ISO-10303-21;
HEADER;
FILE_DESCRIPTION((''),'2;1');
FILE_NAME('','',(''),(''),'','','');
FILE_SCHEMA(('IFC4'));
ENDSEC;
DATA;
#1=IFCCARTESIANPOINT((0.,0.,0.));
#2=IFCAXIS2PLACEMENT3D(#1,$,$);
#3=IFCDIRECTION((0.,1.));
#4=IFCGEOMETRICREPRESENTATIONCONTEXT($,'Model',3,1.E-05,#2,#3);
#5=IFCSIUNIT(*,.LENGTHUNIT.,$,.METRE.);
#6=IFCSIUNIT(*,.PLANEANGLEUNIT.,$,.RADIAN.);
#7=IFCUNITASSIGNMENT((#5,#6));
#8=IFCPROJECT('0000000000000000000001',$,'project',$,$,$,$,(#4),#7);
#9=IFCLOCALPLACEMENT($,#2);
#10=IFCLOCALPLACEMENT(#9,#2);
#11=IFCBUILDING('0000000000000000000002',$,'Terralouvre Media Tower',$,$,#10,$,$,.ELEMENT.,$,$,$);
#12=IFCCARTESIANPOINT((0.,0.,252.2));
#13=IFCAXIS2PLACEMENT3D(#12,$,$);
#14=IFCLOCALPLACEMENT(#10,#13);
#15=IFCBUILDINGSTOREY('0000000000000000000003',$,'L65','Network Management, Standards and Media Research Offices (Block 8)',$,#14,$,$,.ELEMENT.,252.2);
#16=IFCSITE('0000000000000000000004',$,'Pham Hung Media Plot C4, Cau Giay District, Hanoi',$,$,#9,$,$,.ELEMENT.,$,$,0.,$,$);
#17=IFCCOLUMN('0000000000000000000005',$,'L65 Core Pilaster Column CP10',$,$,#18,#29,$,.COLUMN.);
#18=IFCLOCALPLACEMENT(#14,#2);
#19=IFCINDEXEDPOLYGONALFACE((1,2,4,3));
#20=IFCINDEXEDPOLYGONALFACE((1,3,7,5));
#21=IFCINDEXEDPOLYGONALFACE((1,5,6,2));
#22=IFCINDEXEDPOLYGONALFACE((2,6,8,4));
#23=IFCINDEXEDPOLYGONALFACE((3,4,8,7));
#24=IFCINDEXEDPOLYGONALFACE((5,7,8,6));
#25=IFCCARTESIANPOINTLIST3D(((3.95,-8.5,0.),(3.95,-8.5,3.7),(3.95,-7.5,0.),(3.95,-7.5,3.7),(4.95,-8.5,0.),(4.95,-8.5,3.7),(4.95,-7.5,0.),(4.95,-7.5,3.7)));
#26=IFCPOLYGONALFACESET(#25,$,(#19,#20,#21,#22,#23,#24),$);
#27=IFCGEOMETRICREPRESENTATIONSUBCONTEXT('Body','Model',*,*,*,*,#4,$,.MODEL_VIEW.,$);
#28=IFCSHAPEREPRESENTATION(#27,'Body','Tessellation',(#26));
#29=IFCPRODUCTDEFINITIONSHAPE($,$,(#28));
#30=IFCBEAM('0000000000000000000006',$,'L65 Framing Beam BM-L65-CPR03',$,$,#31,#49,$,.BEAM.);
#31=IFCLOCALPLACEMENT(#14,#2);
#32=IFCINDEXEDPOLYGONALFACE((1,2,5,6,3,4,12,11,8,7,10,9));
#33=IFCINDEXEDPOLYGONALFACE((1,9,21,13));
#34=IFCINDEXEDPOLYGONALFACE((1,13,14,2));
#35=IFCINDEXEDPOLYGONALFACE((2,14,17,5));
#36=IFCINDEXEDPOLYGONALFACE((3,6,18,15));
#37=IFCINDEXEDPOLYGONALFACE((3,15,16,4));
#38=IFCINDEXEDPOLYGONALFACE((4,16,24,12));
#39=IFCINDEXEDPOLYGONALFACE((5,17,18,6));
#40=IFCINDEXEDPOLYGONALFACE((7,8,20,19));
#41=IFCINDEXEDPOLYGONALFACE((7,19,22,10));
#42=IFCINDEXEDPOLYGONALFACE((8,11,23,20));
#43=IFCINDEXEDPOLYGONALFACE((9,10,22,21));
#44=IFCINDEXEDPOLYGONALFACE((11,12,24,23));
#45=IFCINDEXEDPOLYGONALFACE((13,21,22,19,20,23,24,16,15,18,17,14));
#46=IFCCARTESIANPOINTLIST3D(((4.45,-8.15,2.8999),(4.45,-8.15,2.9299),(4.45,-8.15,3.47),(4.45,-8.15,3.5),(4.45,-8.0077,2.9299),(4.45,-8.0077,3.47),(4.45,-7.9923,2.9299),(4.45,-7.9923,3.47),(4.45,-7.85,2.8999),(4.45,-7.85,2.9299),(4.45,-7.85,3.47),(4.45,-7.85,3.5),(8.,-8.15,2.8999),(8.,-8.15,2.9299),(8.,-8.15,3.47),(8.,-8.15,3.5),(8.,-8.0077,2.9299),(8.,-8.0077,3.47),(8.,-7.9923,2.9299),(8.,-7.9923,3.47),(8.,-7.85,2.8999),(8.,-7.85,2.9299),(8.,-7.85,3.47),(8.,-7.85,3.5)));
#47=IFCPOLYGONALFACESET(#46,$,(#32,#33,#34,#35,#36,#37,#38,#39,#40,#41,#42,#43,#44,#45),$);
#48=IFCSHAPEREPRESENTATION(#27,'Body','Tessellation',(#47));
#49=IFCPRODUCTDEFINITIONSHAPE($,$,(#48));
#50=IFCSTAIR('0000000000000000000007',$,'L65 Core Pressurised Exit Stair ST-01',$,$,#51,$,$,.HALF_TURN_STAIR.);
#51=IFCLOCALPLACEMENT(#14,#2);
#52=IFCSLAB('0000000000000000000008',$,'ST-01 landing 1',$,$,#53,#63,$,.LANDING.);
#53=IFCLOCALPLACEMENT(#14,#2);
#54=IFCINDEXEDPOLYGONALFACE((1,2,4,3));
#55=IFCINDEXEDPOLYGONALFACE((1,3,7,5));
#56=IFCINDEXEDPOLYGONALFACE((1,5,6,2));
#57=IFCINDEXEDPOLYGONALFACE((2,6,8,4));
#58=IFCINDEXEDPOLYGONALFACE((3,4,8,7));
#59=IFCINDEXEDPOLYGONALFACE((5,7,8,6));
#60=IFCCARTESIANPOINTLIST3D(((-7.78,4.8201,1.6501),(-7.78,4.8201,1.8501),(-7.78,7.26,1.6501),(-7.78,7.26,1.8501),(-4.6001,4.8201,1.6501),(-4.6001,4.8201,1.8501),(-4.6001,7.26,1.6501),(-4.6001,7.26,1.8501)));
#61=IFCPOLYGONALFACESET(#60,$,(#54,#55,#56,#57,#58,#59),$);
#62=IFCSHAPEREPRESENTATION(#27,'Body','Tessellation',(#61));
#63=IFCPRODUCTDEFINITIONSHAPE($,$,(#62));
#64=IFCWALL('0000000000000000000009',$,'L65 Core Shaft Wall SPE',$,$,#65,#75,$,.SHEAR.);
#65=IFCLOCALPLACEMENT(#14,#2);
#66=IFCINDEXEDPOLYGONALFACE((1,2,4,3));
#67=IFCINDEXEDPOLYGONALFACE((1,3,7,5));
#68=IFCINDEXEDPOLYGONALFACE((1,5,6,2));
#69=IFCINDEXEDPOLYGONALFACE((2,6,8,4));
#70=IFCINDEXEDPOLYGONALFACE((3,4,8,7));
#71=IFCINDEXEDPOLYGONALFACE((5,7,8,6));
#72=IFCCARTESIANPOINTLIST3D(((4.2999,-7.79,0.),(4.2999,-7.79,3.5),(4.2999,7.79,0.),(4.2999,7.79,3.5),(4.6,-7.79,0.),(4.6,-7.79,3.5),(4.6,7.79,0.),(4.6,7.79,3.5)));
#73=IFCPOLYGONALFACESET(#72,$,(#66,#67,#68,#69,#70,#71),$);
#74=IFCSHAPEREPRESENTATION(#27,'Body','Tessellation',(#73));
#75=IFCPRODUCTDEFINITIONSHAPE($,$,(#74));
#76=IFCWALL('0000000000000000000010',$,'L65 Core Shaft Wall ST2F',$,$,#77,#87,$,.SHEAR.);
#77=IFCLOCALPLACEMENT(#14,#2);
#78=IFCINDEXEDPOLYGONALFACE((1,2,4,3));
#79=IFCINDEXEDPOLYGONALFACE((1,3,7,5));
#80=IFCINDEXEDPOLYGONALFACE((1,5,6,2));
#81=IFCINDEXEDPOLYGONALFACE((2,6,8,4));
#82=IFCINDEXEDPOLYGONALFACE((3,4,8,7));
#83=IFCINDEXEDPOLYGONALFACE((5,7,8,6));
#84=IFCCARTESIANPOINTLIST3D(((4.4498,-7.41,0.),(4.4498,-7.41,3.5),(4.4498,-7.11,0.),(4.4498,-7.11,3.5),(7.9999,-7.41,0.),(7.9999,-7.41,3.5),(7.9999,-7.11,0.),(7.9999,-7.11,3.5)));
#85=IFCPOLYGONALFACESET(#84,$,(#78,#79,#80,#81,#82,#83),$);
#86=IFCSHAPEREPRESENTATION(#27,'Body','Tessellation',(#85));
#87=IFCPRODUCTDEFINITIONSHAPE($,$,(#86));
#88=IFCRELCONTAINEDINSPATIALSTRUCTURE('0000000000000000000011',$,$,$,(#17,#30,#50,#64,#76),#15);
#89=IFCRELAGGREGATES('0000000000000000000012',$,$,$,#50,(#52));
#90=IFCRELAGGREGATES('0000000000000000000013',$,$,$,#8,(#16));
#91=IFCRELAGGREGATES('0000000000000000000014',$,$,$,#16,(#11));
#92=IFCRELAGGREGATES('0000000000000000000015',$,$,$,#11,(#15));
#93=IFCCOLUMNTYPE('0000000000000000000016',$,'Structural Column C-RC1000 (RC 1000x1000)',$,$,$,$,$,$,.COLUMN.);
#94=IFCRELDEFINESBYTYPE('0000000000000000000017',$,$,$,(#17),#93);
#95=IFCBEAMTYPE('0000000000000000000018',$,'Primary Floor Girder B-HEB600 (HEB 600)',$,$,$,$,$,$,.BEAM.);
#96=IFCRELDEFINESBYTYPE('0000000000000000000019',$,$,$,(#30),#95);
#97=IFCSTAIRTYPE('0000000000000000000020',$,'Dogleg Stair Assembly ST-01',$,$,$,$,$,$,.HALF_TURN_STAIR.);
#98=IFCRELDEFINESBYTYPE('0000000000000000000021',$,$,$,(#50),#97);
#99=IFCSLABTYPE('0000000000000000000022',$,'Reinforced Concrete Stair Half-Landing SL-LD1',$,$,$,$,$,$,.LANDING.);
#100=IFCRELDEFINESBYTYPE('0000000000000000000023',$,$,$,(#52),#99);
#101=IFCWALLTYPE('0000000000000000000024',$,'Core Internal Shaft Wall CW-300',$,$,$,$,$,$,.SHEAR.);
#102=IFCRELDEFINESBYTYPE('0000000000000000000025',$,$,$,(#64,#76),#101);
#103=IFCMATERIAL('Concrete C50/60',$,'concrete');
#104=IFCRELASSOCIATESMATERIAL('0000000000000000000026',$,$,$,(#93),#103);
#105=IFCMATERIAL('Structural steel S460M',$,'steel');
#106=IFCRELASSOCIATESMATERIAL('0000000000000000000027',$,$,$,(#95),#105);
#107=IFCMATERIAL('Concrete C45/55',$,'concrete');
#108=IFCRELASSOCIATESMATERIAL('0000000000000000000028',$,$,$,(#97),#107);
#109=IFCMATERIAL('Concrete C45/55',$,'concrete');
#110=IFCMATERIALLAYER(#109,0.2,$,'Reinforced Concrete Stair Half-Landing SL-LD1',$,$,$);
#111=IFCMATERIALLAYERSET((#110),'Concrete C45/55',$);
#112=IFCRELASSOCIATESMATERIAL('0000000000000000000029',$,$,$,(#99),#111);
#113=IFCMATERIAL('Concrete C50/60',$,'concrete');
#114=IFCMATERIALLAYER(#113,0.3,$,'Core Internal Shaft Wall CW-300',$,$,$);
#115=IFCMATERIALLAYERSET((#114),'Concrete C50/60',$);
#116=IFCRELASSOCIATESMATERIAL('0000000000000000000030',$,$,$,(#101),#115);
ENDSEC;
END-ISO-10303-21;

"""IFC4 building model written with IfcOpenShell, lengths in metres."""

from ifc_helpers import new_model, si_unit, direction, frame, frame_2d, origin, origin_2d, place, context, subcontext, project, spatial, polyline, rectangle, i_section, outline, extrude, material, layer, layer_set, material_profile, profile_set, type_object, element, aggregate, save


model = new_model("IFC4")

# Units and contexts
model_context = context("Model", 3, precision=1e-05, world=origin(), true_north=direction((0.0, 1.0)))
body_context = subcontext(model_context, "Body", "Model", "MODEL_VIEW")
ifc_project = project(units=[si_unit("LENGTHUNIT", "METRE"), si_unit("PLANEANGLEUNIT", "RADIAN")], contexts=[model_context])

# Site, building, storey
site_placement = place(None, origin())
site = spatial("IfcSite", under=ifc_project, at=site_placement, Name="Pham Hung Media Plot C4, Cau Giay District, Hanoi", CompositionType="ELEMENT", RefElevation=0.0)
building_placement = place(site_placement, origin())
building = spatial("IfcBuilding", under=site, at=building_placement, Name="Terralouvre Media Tower", CompositionType="ELEMENT")
storey_placement = place(building_placement, frame((0.0, 0.0, 252.2)))
storey = spatial("IfcBuildingStorey", under=building, at=storey_placement, Name="L65", Description="Network Management, Standards and Media Research Offices (Block 8)", CompositionType="ELEMENT", Elevation=252.2)

# Column
ifc_material_1 = material(Name="Concrete C50/60", Category="concrete")
ifc_material_profile_1 = material_profile(ifc_material_1, rectangle(XDim=1.0, YDim=1.0, at=origin_2d()), Name="RC 1000x1000")
ifc_profile_set_1 = profile_set([ifc_material_profile_1], Name="Concrete C50/60")
column_type = type_object("IfcColumnType", Name="Structural Column C-RC1000 (RC 1000x1000)", PredefinedType="COLUMN", material=ifc_profile_set_1)
column_placement = place(storey_placement, frame((4.45, -8.0, 0.0), z_axis=(0.0, 0.0, 1.0), x_axis=(1.0, 0.0, 0.0)))
element("IfcColumn", 1, at=column_placement, inside=storey, type_object=column_type, Name="L65 Core Pilaster Column CP10", PredefinedType="COLUMN", context=body_context, shape_type="SweptSolid", body=[
    extrude(rectangle(XDim=1.0, YDim=1.0, at=origin_2d()), origin(), (0.0, 0.0, 1.0), 3.7),
])

# Beam
ifc_material_2 = material(Name="Structural steel S460M", Category="steel")
ifc_material_profile_2 = material_profile(ifc_material_2, i_section(OverallWidth=0.3, OverallDepth=0.6001, WebThickness=0.0154, FlangeThickness=0.03, at=origin_2d()), Name="HEB 600")
ifc_profile_set_2 = profile_set([ifc_material_profile_2], Name="Structural steel S460M")
beam_type = type_object("IfcBeamType", Name="Primary Floor Girder B-HEB600 (HEB 600)", PredefinedType="BEAM", material=ifc_profile_set_2)
beam_placement = place(storey_placement, frame((4.45, -8.0, 3.2), z_axis=(1.0, 0.0, 0.0), x_axis=(0.0, 1.0, 0.0)))
element("IfcBeam", 2, at=beam_placement, inside=storey, type_object=beam_type, Name="L65 Framing Beam BM-L65-CPR03", PredefinedType="BEAM", context=body_context, shape_type="SweptSolid", body=[
    extrude(i_section(OverallWidth=0.3, OverallDepth=0.6001, WebThickness=0.0154, FlangeThickness=0.03, at=origin_2d()), origin(), (0.0, 0.0, 1.0), 3.55),
])

# Stair, slab
ifc_material_3 = material(Name="Concrete C45/55", Category="concrete")
stair_type_1 = type_object("IfcStairType", Name="Dogleg Stair Assembly ST-01", PredefinedType="HALF_TURN_STAIR", material=ifc_material_3)
stair_1_placement = place(storey_placement, origin())
stair_1 = element("IfcStair", 3, at=stair_1_placement, inside=storey, type_object=stair_type_1, Name="L65 Core Pressurised Exit Stair ST-01", PredefinedType="HALF_TURN_STAIR")
ifc_material_4 = material(Name="Concrete C45/55", Category="concrete")
ifc_layer_1 = layer(ifc_material_4, 0.2, Name="Reinforced Concrete Stair Half-Landing SL-LD1")
ifc_layer_set_1 = layer_set([ifc_layer_1], Name="Concrete C45/55")
slab_type = type_object("IfcSlabType", Name="Reinforced Concrete Stair Half-Landing SL-LD1", PredefinedType="LANDING", material=ifc_layer_set_1)
slab_placement = place(storey_placement, frame((0.0, 0.0, 1.6501)))
slab = element("IfcSlab", 4, at=slab_placement, type_object=slab_type, Name="ST-01 landing 1", PredefinedType="LANDING", context=body_context, shape_type="SweptSolid", body=[
    extrude(outline(polyline([(-4.6001, 4.8201), (-4.6001, 7.26), (-7.78, 7.26), (-7.78, 4.8201), (-4.6001, 4.8201)])), origin(), (0.0, 0.0, 1.0), 0.2),
])
aggregate(stair_1, [slab])

# Wall
ifc_material_5 = material(Name="Concrete C50/60", Category="concrete")
ifc_layer_2 = layer(ifc_material_5, 0.3, Name="Core Internal Shaft Wall CW-300")
ifc_layer_set_2 = layer_set([ifc_layer_2], Name="Concrete C50/60")
wall_type = type_object("IfcWallType", Name="Core Internal Shaft Wall CW-300", PredefinedType="SHEAR", material=ifc_layer_set_2)
wall_1_placement = place(storey_placement, frame((4.45, -7.79, 0.0), z_axis=(0.0, 0.0, 1.0), x_axis=(0.0, 1.0, 0.0)))
element("IfcWall", 5, at=wall_1_placement, inside=storey, type_object=wall_type, Name="L65 Core Shaft Wall SPE", PredefinedType="SHEAR", context=body_context, shape_type="SweptSolid", body=[
    extrude(rectangle(XDim=15.5801, YDim=0.3, at=frame_2d((7.79, 0.0))), origin(), (0.0, 0.0, 1.0), 3.5),
])

# Wall
wall_2_placement = place(storey_placement, frame((4.45, -7.26, 0.0), z_axis=(0.0, 0.0, 1.0), x_axis=(1.0, 0.0, 0.0)))
element("IfcWall", 6, at=wall_2_placement, inside=storey, type_object=wall_type, Name="L65 Core Shaft Wall ST2F", PredefinedType="SHEAR", context=body_context, shape_type="SweptSolid", body=[
    extrude(rectangle(XDim=3.55, YDim=0.3, at=frame_2d((1.7749, 0.0))), origin(), (0.0, 0.0, 1.0), 3.5),
])

save(model, "model.ifc")
